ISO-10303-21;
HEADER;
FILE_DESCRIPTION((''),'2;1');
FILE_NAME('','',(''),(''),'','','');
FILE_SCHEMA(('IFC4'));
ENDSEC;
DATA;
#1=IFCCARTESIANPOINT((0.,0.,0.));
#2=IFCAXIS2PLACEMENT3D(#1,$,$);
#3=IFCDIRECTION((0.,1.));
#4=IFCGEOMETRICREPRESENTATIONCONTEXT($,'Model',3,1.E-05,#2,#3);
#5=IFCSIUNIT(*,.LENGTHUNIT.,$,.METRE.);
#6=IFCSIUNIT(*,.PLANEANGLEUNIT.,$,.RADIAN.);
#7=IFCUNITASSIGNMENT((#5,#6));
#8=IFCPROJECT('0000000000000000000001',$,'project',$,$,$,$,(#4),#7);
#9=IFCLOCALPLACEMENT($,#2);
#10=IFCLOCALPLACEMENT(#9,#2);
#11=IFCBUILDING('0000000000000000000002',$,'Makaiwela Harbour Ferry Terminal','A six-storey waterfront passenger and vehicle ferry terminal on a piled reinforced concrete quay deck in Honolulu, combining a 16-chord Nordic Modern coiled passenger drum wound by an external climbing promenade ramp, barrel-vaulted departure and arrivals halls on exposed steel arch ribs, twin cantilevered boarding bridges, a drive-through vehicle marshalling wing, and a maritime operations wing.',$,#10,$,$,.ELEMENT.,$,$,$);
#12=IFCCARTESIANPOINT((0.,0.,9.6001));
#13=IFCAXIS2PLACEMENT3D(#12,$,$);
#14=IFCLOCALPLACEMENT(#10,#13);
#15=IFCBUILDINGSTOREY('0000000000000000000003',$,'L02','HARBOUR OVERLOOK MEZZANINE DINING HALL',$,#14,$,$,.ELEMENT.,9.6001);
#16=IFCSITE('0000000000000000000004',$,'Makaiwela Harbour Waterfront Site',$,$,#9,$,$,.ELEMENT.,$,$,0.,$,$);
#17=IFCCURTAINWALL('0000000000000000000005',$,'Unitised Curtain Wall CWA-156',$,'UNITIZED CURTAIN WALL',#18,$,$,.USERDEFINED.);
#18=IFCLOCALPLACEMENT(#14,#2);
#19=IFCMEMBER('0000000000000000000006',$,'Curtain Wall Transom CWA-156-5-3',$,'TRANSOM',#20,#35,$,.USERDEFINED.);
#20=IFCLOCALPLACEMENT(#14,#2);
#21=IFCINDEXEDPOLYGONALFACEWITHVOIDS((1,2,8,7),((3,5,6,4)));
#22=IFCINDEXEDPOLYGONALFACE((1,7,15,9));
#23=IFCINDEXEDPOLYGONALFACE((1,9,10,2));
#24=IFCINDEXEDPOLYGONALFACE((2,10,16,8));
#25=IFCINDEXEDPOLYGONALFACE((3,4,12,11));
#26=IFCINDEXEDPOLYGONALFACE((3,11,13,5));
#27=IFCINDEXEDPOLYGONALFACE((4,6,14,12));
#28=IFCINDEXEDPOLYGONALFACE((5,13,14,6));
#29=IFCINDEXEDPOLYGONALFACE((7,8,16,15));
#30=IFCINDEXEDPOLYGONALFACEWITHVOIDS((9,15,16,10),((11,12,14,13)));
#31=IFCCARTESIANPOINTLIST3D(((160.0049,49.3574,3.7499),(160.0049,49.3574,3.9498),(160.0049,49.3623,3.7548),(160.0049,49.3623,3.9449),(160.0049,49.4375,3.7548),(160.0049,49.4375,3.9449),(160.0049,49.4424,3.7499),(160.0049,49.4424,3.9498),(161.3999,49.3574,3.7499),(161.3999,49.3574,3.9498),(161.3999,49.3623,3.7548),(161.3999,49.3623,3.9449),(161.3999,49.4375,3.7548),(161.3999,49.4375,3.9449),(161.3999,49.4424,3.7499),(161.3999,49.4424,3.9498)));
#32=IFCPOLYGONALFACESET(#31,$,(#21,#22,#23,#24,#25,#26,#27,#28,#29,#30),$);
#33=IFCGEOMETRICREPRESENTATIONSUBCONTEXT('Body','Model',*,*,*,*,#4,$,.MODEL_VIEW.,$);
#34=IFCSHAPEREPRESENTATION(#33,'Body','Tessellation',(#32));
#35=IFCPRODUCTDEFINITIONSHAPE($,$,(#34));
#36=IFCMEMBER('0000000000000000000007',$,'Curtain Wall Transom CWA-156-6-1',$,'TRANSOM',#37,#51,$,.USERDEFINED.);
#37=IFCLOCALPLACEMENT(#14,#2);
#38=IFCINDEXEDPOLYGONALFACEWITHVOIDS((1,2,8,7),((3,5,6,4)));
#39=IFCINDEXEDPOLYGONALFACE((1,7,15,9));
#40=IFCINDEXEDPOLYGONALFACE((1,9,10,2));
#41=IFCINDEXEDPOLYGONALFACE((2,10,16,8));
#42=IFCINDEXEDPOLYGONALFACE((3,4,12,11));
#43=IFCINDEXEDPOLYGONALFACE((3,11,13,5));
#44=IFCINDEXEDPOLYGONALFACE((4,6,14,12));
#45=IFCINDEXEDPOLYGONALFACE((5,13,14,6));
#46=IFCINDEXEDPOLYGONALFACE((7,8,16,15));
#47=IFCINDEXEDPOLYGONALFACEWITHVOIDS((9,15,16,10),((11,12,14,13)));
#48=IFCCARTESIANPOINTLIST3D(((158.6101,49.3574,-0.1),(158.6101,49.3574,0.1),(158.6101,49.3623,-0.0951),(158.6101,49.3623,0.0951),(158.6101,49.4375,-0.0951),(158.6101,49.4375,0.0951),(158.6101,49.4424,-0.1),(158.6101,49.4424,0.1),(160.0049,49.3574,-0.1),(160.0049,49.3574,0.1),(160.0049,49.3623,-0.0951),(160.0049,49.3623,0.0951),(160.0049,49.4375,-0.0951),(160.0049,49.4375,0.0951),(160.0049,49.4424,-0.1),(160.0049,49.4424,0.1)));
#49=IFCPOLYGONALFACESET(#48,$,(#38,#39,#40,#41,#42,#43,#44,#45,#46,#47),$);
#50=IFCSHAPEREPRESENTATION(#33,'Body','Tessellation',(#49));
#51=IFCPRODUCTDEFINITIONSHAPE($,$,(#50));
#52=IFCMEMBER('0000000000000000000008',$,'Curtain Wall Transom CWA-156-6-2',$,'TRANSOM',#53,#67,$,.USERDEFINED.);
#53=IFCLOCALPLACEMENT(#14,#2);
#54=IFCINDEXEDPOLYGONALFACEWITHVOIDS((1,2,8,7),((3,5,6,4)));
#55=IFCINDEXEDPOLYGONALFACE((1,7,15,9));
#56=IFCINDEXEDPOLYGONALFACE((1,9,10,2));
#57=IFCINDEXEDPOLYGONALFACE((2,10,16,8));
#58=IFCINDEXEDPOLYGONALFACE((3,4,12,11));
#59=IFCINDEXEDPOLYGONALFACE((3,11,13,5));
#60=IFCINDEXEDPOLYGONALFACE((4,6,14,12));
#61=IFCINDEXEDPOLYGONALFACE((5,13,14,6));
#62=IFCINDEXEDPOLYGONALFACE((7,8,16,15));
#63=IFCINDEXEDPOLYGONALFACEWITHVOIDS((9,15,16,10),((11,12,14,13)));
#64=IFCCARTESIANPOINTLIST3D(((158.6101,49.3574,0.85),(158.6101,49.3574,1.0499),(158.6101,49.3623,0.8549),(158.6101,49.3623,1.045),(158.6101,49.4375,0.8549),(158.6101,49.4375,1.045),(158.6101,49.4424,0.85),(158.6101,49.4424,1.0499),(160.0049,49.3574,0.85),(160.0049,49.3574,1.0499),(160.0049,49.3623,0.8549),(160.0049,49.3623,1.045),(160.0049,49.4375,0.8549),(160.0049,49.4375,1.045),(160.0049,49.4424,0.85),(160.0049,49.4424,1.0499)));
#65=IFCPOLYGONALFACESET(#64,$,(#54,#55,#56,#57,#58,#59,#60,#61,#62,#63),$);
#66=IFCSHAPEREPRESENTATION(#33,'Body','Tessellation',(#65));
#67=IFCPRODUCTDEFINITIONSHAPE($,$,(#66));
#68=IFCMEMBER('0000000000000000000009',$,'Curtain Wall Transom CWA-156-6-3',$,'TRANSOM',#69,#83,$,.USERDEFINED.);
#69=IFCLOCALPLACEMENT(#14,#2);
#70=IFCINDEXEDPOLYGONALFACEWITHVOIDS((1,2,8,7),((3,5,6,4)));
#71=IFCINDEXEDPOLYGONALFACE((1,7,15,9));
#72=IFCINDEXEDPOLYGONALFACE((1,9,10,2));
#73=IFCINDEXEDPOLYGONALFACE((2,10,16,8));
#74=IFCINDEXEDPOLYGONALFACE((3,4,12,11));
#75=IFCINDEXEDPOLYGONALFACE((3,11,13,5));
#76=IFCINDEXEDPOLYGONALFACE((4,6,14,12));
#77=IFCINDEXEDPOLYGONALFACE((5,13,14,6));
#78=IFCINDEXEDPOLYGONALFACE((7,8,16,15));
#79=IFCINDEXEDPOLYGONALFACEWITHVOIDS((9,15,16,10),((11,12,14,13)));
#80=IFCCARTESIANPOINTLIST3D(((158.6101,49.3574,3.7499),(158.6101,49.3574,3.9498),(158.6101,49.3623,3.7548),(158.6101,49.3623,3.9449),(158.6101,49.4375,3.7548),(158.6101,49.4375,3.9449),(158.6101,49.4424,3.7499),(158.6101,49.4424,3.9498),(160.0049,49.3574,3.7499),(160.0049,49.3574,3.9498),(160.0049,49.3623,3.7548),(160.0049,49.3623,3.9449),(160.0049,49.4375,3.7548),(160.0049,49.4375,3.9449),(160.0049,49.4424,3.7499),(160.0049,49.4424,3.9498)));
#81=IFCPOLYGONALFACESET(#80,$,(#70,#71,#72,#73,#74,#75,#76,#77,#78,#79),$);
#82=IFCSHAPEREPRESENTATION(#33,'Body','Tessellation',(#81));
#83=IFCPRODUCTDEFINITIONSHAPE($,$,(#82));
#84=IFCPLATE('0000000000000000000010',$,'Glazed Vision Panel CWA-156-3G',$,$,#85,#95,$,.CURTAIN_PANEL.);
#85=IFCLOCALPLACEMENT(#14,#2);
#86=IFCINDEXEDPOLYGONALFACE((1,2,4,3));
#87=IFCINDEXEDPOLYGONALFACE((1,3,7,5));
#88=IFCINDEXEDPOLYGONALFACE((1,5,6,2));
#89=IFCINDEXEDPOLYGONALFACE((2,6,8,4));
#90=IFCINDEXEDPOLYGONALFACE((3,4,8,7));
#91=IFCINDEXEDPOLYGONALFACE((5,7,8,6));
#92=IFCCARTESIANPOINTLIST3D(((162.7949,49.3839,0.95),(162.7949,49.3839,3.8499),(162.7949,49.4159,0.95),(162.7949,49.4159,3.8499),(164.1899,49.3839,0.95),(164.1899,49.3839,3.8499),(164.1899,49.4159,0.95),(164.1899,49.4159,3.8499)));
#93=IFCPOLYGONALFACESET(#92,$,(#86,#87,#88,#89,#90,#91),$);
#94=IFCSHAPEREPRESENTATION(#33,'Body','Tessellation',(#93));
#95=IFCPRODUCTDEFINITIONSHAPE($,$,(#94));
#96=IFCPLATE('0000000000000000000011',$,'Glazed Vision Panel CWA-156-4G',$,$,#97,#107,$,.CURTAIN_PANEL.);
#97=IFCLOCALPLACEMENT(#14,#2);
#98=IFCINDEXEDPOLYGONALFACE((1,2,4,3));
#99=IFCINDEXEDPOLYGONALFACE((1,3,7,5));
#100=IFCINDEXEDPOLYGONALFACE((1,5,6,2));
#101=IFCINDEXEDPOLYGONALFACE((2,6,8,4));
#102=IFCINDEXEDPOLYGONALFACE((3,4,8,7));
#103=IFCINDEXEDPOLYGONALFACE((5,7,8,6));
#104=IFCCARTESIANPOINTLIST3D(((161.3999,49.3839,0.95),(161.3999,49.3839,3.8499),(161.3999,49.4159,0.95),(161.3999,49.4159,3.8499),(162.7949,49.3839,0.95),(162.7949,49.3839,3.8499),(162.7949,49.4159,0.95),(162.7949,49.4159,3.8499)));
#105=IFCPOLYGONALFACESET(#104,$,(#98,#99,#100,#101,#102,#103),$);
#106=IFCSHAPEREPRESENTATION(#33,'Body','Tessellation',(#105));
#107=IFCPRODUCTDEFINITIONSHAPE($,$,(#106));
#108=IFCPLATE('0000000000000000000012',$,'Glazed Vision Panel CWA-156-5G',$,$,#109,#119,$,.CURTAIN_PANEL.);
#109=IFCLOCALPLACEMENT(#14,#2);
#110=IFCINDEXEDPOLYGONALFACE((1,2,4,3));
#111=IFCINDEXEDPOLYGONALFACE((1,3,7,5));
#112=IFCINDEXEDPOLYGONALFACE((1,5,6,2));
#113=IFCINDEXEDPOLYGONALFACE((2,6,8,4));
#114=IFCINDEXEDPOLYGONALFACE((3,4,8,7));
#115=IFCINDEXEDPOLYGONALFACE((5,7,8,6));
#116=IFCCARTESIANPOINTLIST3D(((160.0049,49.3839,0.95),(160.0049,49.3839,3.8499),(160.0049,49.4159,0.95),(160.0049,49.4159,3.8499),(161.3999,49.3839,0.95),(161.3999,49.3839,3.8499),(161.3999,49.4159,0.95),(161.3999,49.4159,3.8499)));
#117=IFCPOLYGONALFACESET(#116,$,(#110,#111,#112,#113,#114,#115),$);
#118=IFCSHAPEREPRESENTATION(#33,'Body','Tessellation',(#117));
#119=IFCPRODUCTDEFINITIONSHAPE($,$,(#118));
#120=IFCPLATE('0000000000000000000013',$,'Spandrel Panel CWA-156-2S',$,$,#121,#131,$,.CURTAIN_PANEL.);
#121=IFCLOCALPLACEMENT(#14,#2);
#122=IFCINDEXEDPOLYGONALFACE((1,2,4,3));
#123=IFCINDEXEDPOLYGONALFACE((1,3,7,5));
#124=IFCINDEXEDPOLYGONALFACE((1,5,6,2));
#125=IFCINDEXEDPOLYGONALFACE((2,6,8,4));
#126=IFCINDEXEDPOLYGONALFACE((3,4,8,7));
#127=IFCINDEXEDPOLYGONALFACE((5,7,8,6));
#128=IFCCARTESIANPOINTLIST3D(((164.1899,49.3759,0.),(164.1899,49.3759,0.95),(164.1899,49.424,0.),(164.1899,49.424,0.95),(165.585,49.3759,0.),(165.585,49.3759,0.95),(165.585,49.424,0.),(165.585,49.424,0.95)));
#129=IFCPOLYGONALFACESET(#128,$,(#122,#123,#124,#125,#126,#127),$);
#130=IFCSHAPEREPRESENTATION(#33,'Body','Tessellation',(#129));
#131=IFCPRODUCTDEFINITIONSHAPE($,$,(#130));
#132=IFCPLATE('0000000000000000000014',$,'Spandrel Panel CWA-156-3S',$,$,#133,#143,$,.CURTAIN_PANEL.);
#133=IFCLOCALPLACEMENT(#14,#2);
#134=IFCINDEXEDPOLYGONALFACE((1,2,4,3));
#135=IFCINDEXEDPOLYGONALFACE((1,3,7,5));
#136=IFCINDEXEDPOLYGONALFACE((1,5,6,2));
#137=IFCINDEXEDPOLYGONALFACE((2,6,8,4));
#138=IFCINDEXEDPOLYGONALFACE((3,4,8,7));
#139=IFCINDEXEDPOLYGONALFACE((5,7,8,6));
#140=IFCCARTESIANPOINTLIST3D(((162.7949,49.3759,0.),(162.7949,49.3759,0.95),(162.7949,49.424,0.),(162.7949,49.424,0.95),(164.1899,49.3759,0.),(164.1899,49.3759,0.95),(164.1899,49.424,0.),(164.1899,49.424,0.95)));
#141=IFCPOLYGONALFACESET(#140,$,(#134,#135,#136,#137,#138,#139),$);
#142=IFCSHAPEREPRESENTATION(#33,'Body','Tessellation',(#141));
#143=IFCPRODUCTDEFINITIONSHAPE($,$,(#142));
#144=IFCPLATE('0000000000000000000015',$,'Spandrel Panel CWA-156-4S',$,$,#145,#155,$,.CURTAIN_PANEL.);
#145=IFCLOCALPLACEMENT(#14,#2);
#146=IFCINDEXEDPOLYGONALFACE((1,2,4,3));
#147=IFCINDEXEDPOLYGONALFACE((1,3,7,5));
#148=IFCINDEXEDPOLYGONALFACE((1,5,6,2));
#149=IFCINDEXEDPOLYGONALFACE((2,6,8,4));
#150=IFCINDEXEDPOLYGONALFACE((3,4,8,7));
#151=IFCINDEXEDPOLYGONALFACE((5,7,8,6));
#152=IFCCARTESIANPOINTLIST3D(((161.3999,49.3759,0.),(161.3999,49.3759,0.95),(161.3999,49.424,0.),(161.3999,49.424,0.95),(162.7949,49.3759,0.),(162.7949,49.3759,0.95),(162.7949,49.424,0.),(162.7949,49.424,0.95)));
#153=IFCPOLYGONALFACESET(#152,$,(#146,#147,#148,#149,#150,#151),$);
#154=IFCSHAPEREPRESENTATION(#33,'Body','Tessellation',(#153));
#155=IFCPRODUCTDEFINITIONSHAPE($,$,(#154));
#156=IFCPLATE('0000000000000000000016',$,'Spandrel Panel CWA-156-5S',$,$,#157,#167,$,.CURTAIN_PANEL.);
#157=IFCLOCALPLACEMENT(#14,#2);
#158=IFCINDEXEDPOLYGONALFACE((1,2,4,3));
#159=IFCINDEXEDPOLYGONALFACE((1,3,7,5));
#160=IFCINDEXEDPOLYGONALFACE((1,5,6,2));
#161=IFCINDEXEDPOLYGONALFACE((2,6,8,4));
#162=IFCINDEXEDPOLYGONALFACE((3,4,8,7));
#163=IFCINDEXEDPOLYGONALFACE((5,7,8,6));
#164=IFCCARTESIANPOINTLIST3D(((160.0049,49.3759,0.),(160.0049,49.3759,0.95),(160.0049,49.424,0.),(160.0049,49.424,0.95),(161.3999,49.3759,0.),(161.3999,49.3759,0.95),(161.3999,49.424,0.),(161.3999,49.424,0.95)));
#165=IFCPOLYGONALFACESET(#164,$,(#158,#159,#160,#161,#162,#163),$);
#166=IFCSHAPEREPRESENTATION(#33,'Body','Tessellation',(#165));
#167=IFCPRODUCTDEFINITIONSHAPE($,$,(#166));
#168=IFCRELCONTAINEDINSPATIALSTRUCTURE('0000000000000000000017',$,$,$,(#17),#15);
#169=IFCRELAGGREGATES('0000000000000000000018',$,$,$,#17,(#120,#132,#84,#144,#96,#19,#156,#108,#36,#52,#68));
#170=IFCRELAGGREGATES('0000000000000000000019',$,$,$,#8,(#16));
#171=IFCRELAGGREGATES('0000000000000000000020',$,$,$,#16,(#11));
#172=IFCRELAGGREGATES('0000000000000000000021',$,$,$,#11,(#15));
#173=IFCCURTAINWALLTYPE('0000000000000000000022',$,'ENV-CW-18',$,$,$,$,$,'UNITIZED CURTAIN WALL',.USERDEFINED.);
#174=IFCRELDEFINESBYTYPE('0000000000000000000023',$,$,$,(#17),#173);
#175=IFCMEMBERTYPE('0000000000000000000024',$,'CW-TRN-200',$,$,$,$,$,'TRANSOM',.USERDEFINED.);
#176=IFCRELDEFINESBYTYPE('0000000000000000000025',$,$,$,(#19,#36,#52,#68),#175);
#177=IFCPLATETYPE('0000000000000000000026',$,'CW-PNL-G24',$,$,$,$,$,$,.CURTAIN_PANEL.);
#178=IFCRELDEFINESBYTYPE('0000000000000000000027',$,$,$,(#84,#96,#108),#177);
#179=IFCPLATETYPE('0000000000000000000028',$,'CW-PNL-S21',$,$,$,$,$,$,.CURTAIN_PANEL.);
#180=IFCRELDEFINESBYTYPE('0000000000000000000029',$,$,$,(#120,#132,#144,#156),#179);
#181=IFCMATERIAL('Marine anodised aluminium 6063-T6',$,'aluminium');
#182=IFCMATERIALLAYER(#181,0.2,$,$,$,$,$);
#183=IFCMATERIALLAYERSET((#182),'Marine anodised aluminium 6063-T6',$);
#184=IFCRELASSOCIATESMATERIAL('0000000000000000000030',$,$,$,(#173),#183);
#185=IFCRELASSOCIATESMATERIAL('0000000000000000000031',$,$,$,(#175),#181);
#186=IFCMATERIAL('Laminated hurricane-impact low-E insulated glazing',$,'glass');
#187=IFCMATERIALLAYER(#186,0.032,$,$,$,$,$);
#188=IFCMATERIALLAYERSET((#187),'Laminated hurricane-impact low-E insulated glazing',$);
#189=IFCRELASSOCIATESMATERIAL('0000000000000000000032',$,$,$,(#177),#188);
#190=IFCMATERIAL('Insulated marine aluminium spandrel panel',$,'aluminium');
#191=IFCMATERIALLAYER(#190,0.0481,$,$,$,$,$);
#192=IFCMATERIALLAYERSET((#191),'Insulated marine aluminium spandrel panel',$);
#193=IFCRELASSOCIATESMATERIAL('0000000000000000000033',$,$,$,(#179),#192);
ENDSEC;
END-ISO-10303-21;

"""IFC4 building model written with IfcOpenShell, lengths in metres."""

from ifc_helpers import new_model, si_unit, direction, frame, origin, origin_2d, place, context, subcontext, project, spatial, rectangle, hollow_rectangle, extrude, material, layer, layer_set, material_profile, profile_set, type_object, element, aggregate, save


model = new_model("IFC4")

# Units and contexts
model_context = context("Model", 3, precision=1e-05, world=origin(), true_north=direction((0.0, 1.0)))
body_context = subcontext(model_context, "Body", "Model", "MODEL_VIEW")
ifc_project = project(units=[si_unit("LENGTHUNIT", "METRE"), si_unit("PLANEANGLEUNIT", "RADIAN")], contexts=[model_context])

# Site, building, storey
site_placement = place(None, origin())
site = spatial("IfcSite", under=ifc_project, at=site_placement, Name="Makaiwela Harbour Waterfront Site", CompositionType="ELEMENT", RefElevation=0.0)
building_placement = place(site_placement, origin())
building = spatial("IfcBuilding", under=site, at=building_placement, Name="Makaiwela Harbour Ferry Terminal", Description="A six-storey waterfront passenger and vehicle ferry terminal on a piled reinforced concrete quay deck in Honolulu, combining a 16-chord Nordic Modern coiled passenger drum wound by an external climbing promenade ramp, barrel-vaulted departure and arrivals halls on exposed steel arch ribs, twin cantilevered boarding bridges, a drive-through vehicle marshalling wing, and a maritime operations wing.", CompositionType="ELEMENT")
storey_placement = place(building_placement, frame((0.0, 0.0, 9.6001)))
storey = spatial("IfcBuildingStorey", under=building, at=storey_placement, Name="L02", Description="HARBOUR OVERLOOK MEZZANINE DINING HALL", CompositionType="ELEMENT", Elevation=9.6001)

# Curtain wall, members, plates
ifc_material_1 = material(Name="Marine anodised aluminium 6063-T6", Category="aluminium")
ifc_layer_1 = layer(ifc_material_1, 0.2)
ifc_layer_set_1 = layer_set([ifc_layer_1], Name="Marine anodised aluminium 6063-T6")
curtain_wall_type = type_object("IfcCurtainWallType", Name="ENV-CW-18", ElementType="UNITIZED CURTAIN WALL", PredefinedType="USERDEFINED", material=ifc_layer_set_1)
curtain_wall_placement = place(storey_placement, origin())
curtain_wall = element("IfcCurtainWall", 1, at=curtain_wall_placement, inside=storey, type_object=curtain_wall_type, Name="Unitised Curtain Wall CWA-156", ObjectType="UNITIZED CURTAIN WALL", PredefinedType="USERDEFINED")
ifc_material_profile_1 = material_profile(ifc_material_1, hollow_rectangle(XDim=0.085, YDim=0.2, WallThickness=0.0049, at=origin_2d()), Name="CWT-200X85")
ifc_profile_set_1 = profile_set([ifc_material_profile_1], Name="Marine anodised aluminium 6063-T6")
member_type_1 = type_object("IfcMemberType", Name="CW-TRN-200", ElementType="TRANSOM", PredefinedType="USERDEFINED", material=ifc_profile_set_1)
member_1_placement = place(storey_placement, frame((161.3999, 49.3999, 3.8499), z_axis=(-1.0, 0.0, 0.0), x_axis=(0.0, -1.0, 0.0)))
member_1 = element("IfcMember", 2, at=member_1_placement, type_object=member_type_1, Name="Curtain Wall Transom CWA-156-5-3", ObjectType="TRANSOM", PredefinedType="USERDEFINED", context=body_context, shape_type="SweptSolid", body=[
    extrude(hollow_rectangle(XDim=0.085, YDim=0.2, WallThickness=0.0049, at=origin_2d()), origin(), (0.0, 0.0, 1.0), 1.395),
])
member_2_placement = place(storey_placement, frame((160.0049, 49.3999, 0.0), z_axis=(-1.0, 0.0, 0.0), x_axis=(0.0, -1.0, 0.0)))
member_2 = element("IfcMember", 3, at=member_2_placement, type_object=member_type_1, Name="Curtain Wall Transom CWA-156-6-1", ObjectType="TRANSOM", PredefinedType="USERDEFINED", context=body_context, shape_type="SweptSolid", body=[
    extrude(hollow_rectangle(XDim=0.085, YDim=0.2, WallThickness=0.0049, at=origin_2d()), origin(), (0.0, 0.0, 1.0), 1.3948),
])
member_3_placement = place(storey_placement, frame((160.0049, 49.3999, 0.95), z_axis=(-1.0, 0.0, 0.0), x_axis=(0.0, -1.0, 0.0)))
member_3 = element("IfcMember", 4, at=member_3_placement, type_object=member_type_1, Name="Curtain Wall Transom CWA-156-6-2", ObjectType="TRANSOM", PredefinedType="USERDEFINED", context=body_context, shape_type="SweptSolid", body=[
    extrude(hollow_rectangle(XDim=0.085, YDim=0.2, WallThickness=0.0049, at=origin_2d()), origin(), (0.0, 0.0, 1.0), 1.3948),
])
member_4_placement = place(storey_placement, frame((160.0049, 49.3999, 3.8499), z_axis=(-1.0, 0.0, 0.0), x_axis=(0.0, -1.0, 0.0)))
member_4 = element("IfcMember", 5, at=member_4_placement, type_object=member_type_1, Name="Curtain Wall Transom CWA-156-6-3", ObjectType="TRANSOM", PredefinedType="USERDEFINED", context=body_context, shape_type="SweptSolid", body=[
    extrude(hollow_rectangle(XDim=0.085, YDim=0.2, WallThickness=0.0049, at=origin_2d()), origin(), (0.0, 0.0, 1.0), 1.3948),
])
ifc_material_2 = material(Name="Laminated hurricane-impact low-E insulated glazing", Category="glass")
ifc_layer_2 = layer(ifc_material_2, 0.032)
ifc_layer_set_2 = layer_set([ifc_layer_2], Name="Laminated hurricane-impact low-E insulated glazing")
plate_type_1 = type_object("IfcPlateType", Name="CW-PNL-G24", PredefinedType="CURTAIN_PANEL", material=ifc_layer_set_2)
plate_1_placement = place(storey_placement, frame((163.4924, 49.3999, 0.95), z_axis=(0.0, 0.0, 1.0), x_axis=(-1.0, 0.0, 0.0)))
plate_1 = element("IfcPlate", 6, at=plate_1_placement, type_object=plate_type_1, Name="Glazed Vision Panel CWA-156-3G", PredefinedType="CURTAIN_PANEL", context=body_context, shape_type="SweptSolid", body=[
    extrude(rectangle(XDim=1.395, YDim=0.032, at=origin_2d()), origin(), (0.0, 0.0, 1.0), 2.8999),
])
plate_2_placement = place(storey_placement, frame((162.0974, 49.3999, 0.95), z_axis=(0.0, 0.0, 1.0), x_axis=(-1.0, 0.0, 0.0)))
plate_2 = element("IfcPlate", 7, at=plate_2_placement, type_object=plate_type_1, Name="Glazed Vision Panel CWA-156-4G", PredefinedType="CURTAIN_PANEL", context=body_context, shape_type="SweptSolid", body=[
    extrude(rectangle(XDim=1.395, YDim=0.032, at=origin_2d()), origin(), (0.0, 0.0, 1.0), 2.8999),
])
plate_3_placement = place(storey_placement, frame((160.7024, 49.3999, 0.95), z_axis=(0.0, 0.0, 1.0), x_axis=(-1.0, 0.0, 0.0)))
plate_3 = element("IfcPlate", 8, at=plate_3_placement, type_object=plate_type_1, Name="Glazed Vision Panel CWA-156-5G", PredefinedType="CURTAIN_PANEL", context=body_context, shape_type="SweptSolid", body=[
    extrude(rectangle(XDim=1.395, YDim=0.032, at=origin_2d()), origin(), (0.0, 0.0, 1.0), 2.8999),
])
ifc_material_3 = material(Name="Insulated marine aluminium spandrel panel", Category="aluminium")
ifc_layer_3 = layer(ifc_material_3, 0.0481)
ifc_layer_set_3 = layer_set([ifc_layer_3], Name="Insulated marine aluminium spandrel panel")
plate_type_2 = type_object("IfcPlateType", Name="CW-PNL-S21", PredefinedType="CURTAIN_PANEL", material=ifc_layer_set_3)
plate_4_placement = place(storey_placement, frame((164.8875, 49.3999, 0.0), z_axis=(0.0, 0.0, 1.0), x_axis=(-1.0, 0.0, 0.0)))
plate_4 = element("IfcPlate", 9, at=plate_4_placement, type_object=plate_type_2, Name="Spandrel Panel CWA-156-2S", PredefinedType="CURTAIN_PANEL", context=body_context, shape_type="SweptSolid", body=[
    extrude(rectangle(XDim=1.395, YDim=0.0481, at=origin_2d()), origin(), (0.0, 0.0, 1.0), 0.95),
])
plate_5_placement = place(storey_placement, frame((163.4924, 49.3999, 0.0), z_axis=(0.0, 0.0, 1.0), x_axis=(-1.0, 0.0, 0.0)))
plate_5 = element("IfcPlate", 10, at=plate_5_placement, type_object=plate_type_2, Name="Spandrel Panel CWA-156-3S", PredefinedType="CURTAIN_PANEL", context=body_context, shape_type="SweptSolid", body=[
    extrude(rectangle(XDim=1.395, YDim=0.0481, at=origin_2d()), origin(), (0.0, 0.0, 1.0), 0.95),
])
plate_6_placement = place(storey_placement, frame((162.0974, 49.3999, 0.0), z_axis=(0.0, 0.0, 1.0), x_axis=(-1.0, 0.0, 0.0)))
plate_6 = element("IfcPlate", 11, at=plate_6_placement, type_object=plate_type_2, Name="Spandrel Panel CWA-156-4S", PredefinedType="CURTAIN_PANEL", context=body_context, shape_type="SweptSolid", body=[
    extrude(rectangle(XDim=1.395, YDim=0.0481, at=origin_2d()), origin(), (0.0, 0.0, 1.0), 0.95),
])
plate_7_placement = place(storey_placement, frame((160.7024, 49.3999, 0.0), z_axis=(0.0, 0.0, 1.0), x_axis=(-1.0, 0.0, 0.0)))
plate_7 = element("IfcPlate", 12, at=plate_7_placement, type_object=plate_type_2, Name="Spandrel Panel CWA-156-5S", PredefinedType="CURTAIN_PANEL", context=body_context, shape_type="SweptSolid", body=[
    extrude(rectangle(XDim=1.395, YDim=0.0481, at=origin_2d()), origin(), (0.0, 0.0, 1.0), 0.95),
])
aggregate(curtain_wall, [plate_4, plate_5, plate_1, plate_6, plate_2, member_1, plate_7, plate_3, member_2, member_3, member_4])

save(model, "model.ifc")
